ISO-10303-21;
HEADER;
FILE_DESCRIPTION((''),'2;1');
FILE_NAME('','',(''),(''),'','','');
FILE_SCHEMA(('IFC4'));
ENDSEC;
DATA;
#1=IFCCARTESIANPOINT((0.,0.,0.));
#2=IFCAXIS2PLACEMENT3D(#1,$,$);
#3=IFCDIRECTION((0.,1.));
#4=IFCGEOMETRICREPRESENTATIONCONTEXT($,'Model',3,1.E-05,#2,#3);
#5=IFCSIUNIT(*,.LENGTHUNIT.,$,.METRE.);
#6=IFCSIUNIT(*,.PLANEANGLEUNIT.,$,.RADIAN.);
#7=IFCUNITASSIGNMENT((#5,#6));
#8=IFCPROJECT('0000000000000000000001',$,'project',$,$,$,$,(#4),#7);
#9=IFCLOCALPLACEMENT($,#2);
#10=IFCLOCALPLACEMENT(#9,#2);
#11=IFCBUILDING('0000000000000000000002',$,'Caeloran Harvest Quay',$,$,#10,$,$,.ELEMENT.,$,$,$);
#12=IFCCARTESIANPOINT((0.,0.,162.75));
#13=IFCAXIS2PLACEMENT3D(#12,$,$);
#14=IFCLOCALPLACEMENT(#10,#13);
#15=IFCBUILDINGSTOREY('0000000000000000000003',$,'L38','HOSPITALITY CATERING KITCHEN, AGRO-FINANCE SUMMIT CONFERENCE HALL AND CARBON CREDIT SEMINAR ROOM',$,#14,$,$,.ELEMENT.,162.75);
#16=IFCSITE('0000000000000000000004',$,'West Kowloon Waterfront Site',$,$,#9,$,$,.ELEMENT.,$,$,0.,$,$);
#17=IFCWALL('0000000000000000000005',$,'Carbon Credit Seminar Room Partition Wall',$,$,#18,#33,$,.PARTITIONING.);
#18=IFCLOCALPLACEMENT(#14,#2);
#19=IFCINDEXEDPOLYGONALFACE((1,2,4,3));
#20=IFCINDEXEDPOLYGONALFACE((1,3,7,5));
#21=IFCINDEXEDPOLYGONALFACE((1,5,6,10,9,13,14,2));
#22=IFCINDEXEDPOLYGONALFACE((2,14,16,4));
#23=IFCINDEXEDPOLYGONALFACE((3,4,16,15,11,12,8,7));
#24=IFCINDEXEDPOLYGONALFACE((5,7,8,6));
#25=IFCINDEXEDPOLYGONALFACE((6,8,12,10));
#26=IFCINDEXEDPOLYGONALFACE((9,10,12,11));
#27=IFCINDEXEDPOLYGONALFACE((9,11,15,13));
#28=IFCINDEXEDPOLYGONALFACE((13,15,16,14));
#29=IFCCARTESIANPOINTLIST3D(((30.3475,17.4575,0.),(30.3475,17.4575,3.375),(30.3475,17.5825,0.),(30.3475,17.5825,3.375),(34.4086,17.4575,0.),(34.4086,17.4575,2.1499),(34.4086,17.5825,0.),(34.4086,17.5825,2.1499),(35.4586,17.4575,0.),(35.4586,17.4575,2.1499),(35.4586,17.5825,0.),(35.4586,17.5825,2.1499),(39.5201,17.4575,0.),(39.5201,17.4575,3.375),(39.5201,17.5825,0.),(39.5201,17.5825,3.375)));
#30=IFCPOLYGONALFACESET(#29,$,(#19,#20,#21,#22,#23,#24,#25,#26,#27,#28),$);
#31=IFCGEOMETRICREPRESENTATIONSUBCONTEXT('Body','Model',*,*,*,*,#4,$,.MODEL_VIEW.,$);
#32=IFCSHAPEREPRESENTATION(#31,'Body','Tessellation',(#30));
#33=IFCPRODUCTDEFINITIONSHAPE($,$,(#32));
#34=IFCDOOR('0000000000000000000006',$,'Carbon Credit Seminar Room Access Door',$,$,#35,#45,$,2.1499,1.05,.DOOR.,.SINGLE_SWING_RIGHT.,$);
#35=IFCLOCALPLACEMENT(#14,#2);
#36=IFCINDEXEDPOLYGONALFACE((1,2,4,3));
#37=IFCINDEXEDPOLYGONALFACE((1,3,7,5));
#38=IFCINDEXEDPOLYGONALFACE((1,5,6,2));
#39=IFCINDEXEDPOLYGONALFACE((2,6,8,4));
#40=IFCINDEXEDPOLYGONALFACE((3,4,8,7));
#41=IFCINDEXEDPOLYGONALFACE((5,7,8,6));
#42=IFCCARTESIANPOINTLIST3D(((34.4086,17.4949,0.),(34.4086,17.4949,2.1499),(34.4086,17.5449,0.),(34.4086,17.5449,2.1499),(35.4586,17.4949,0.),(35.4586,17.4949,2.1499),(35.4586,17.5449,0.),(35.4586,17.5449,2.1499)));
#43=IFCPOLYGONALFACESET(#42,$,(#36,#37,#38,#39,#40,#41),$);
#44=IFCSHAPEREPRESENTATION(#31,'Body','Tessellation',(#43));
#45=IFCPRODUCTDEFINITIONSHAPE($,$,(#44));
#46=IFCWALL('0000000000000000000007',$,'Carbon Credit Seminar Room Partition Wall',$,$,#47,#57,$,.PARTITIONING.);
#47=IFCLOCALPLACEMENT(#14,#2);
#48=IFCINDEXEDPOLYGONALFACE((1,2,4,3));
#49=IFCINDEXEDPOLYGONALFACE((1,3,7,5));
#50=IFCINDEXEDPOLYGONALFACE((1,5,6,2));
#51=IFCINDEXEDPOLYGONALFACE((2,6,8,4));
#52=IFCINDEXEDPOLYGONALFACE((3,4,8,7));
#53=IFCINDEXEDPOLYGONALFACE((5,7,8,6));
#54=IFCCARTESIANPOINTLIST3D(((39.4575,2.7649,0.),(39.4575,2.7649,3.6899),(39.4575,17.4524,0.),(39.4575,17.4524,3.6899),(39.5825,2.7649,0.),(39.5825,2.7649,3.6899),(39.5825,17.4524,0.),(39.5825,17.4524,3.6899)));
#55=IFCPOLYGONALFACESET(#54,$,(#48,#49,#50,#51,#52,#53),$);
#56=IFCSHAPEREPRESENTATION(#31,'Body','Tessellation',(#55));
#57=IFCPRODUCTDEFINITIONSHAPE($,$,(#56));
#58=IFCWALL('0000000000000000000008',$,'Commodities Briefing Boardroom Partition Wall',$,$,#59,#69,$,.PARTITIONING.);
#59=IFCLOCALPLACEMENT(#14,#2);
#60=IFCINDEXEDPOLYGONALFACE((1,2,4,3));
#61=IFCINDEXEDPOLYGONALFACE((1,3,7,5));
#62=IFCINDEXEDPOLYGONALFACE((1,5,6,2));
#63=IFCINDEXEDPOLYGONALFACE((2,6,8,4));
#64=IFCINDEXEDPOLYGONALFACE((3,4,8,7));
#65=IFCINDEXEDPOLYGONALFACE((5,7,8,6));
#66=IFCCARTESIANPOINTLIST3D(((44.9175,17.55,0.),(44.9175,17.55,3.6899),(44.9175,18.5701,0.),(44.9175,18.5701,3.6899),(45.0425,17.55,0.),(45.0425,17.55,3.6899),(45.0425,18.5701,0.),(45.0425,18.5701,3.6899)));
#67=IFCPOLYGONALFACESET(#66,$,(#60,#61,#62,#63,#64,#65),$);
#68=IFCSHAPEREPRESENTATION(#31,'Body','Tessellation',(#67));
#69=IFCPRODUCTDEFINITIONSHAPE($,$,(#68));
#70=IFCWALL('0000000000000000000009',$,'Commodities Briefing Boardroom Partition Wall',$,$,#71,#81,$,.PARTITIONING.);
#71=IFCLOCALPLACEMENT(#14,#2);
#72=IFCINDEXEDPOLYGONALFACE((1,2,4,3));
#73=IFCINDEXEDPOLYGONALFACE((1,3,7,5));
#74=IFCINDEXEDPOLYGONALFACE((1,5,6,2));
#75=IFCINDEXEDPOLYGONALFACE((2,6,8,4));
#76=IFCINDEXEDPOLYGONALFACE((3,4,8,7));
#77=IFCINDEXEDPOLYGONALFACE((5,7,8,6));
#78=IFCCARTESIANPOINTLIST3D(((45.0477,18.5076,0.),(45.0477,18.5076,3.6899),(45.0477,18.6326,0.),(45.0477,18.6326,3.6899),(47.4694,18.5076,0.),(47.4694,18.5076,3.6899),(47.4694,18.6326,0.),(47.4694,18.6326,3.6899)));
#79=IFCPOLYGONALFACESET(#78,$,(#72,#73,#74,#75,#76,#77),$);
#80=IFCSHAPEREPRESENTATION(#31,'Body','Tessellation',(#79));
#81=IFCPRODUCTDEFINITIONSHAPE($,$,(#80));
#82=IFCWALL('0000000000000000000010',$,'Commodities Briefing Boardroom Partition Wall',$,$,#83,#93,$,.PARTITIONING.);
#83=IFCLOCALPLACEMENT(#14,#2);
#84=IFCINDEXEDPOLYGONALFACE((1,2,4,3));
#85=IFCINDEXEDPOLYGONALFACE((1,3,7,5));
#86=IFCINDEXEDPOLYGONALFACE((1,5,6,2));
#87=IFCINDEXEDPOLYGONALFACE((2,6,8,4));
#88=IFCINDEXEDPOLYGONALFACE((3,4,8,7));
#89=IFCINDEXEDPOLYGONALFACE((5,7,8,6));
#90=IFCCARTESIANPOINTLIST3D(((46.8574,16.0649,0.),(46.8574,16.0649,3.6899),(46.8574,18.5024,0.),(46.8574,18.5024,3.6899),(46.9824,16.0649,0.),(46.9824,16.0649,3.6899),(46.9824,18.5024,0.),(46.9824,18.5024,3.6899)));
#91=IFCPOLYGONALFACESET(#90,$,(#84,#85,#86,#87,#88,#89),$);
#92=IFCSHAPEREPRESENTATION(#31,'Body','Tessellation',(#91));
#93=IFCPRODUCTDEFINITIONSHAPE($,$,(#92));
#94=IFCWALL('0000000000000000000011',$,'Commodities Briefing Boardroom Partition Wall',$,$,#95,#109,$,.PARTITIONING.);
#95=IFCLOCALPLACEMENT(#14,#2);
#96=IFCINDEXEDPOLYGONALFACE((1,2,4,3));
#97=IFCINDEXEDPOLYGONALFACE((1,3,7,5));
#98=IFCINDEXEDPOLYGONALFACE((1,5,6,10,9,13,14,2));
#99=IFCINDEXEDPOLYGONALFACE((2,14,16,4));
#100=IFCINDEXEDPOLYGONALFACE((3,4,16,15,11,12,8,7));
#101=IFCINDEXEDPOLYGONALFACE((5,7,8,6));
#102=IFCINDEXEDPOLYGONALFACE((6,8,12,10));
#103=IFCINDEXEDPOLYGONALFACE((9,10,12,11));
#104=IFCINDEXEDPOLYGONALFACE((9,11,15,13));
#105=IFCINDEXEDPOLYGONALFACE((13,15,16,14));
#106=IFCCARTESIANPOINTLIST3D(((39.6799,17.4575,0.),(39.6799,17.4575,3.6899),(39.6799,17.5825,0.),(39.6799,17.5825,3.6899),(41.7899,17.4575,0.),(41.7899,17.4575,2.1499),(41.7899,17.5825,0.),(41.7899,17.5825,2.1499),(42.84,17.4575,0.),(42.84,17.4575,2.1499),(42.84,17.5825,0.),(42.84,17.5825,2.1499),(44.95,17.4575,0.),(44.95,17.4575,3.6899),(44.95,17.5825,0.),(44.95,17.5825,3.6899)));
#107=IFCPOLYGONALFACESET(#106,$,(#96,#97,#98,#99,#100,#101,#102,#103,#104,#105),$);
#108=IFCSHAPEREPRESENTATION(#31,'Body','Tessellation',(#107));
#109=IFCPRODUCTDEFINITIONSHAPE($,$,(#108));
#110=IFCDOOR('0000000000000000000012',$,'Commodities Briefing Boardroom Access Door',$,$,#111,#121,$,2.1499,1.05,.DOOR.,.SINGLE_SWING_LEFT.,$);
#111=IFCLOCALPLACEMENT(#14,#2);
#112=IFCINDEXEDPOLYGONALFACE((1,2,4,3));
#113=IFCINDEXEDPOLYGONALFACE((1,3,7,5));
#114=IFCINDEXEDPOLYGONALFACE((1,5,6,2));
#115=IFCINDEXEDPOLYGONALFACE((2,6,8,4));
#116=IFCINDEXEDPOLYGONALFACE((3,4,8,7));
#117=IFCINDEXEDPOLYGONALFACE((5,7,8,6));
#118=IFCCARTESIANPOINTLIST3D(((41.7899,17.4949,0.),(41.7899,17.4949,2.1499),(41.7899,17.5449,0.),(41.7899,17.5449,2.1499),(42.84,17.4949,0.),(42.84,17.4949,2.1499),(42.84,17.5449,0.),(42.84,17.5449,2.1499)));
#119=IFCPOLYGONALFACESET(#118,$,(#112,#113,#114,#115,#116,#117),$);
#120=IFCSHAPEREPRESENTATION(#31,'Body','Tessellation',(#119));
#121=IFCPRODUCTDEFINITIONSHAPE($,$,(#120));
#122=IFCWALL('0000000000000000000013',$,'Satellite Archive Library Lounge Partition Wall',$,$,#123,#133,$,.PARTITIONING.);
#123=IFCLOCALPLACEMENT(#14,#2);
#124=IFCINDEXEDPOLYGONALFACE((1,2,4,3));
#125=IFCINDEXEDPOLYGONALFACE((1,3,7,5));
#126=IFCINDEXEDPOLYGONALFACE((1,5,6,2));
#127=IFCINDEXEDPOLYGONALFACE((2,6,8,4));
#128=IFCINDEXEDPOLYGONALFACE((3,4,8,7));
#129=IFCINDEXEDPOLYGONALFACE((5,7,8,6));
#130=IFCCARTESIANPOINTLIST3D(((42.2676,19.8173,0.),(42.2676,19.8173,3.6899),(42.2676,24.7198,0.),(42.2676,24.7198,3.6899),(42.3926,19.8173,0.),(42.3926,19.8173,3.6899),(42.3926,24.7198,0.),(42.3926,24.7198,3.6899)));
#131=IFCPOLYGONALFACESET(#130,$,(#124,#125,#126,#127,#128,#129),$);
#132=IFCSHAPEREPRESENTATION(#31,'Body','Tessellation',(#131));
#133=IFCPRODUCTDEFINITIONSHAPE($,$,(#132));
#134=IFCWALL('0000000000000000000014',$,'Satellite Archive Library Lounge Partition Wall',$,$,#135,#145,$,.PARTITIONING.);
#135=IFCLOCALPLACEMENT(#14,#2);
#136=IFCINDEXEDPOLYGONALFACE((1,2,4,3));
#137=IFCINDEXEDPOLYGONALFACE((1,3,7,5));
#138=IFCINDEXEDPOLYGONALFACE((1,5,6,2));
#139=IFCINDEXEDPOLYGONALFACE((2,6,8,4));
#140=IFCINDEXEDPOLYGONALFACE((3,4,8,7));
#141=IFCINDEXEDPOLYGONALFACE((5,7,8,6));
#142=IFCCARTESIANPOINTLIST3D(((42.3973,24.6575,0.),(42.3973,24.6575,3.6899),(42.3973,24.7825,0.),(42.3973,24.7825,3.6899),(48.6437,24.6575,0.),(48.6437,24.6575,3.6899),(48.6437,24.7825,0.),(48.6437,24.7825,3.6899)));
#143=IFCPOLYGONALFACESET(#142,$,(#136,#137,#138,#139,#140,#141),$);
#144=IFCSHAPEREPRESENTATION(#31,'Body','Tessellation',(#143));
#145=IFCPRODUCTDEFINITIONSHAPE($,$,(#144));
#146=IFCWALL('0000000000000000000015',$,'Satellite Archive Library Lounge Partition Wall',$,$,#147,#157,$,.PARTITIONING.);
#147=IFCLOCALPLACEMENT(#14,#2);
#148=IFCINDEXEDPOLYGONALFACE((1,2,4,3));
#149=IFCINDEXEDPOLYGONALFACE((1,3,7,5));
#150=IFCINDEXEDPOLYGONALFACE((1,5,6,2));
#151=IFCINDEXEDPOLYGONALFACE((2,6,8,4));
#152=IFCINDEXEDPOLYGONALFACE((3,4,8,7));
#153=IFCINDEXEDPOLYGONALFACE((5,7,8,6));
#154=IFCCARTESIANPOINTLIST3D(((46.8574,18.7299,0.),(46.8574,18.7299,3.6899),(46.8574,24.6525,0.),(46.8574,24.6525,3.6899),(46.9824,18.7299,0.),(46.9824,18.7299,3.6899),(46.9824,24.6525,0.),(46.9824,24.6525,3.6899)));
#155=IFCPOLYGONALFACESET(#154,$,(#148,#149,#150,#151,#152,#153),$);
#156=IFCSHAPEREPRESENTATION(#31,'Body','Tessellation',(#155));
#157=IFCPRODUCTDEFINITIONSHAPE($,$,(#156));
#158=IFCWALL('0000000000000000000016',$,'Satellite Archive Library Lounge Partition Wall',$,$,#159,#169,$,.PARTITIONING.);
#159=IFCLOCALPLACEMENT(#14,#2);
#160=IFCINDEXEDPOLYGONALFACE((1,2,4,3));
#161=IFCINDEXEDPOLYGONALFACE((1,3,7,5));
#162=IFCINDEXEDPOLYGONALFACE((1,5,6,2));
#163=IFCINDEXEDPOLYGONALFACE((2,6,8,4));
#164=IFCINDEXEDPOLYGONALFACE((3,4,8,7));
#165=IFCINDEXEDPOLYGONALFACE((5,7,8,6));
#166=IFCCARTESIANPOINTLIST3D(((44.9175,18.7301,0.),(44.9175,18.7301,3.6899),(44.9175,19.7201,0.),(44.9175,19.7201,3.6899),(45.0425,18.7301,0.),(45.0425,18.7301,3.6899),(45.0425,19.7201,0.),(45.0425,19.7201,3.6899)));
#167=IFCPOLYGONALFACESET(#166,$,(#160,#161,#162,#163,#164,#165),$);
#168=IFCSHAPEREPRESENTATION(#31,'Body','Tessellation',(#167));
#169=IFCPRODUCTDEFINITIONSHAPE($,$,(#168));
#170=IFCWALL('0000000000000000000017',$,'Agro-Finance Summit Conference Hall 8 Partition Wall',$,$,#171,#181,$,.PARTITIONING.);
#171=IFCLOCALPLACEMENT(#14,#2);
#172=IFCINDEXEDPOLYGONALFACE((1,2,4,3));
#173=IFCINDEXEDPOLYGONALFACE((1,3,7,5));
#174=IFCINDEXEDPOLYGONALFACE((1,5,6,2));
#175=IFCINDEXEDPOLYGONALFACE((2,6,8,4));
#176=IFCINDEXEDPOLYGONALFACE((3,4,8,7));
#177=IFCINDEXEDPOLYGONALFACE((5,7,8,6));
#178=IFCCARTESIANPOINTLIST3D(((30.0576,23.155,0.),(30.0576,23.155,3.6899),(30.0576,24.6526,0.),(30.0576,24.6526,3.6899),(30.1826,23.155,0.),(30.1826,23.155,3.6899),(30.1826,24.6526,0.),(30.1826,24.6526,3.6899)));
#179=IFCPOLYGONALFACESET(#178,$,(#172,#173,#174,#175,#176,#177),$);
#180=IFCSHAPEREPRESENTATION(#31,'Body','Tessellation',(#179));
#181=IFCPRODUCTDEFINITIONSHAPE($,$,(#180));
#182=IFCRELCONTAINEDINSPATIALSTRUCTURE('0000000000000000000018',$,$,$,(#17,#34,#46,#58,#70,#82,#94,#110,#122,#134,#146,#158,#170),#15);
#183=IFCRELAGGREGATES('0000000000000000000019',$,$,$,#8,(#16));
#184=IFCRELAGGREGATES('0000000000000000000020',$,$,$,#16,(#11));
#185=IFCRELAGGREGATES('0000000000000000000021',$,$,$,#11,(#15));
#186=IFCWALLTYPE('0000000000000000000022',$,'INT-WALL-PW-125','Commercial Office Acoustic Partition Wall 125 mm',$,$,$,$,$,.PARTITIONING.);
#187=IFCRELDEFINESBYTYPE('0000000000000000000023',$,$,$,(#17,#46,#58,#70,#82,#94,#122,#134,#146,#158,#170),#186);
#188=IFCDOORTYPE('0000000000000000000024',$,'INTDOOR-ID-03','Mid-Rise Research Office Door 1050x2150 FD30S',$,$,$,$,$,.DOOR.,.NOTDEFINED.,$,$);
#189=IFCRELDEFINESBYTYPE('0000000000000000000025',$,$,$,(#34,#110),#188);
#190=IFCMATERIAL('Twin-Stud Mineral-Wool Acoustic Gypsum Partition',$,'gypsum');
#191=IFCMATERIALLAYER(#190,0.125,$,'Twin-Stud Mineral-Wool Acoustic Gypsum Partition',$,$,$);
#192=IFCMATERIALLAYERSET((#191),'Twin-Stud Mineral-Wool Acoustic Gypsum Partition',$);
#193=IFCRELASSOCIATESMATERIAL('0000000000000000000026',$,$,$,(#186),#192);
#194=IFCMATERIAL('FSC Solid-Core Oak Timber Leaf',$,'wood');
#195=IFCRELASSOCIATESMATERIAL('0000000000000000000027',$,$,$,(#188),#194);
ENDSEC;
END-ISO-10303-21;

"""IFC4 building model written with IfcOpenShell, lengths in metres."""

from ifc_helpers import new_model, si_unit, direction, frame, frame_2d, origin, place, context, subcontext, project, spatial, rectangle, extrude, material, layer, layer_set, type_object, element, fill, save


model = new_model("IFC4")

# Units and contexts
model_context = context("Model", 3, precision=1e-05, world=origin(), true_north=direction((0.0, 1.0)))
body_context = subcontext(model_context, "Body", "Model", "MODEL_VIEW")
ifc_project = project(units=[si_unit("LENGTHUNIT", "METRE"), si_unit("PLANEANGLEUNIT", "RADIAN")], contexts=[model_context])

# Site, building, storey
site_placement = place(None, origin())
site = spatial("IfcSite", under=ifc_project, at=site_placement, Name="West Kowloon Waterfront Site", CompositionType="ELEMENT", RefElevation=0.0)
building_placement = place(site_placement, origin())
building = spatial("IfcBuilding", under=site, at=building_placement, Name="Caeloran Harvest Quay", CompositionType="ELEMENT")
storey_placement = place(building_placement, frame((0.0, 0.0, 162.75)))
storey = spatial("IfcBuildingStorey", under=building, at=storey_placement, Name="L38", Description="HOSPITALITY CATERING KITCHEN, AGRO-FINANCE SUMMIT CONFERENCE HALL AND CARBON CREDIT SEMINAR ROOM", CompositionType="ELEMENT", Elevation=162.75)

# Wall, opening, door
ifc_material_1 = material(Name="Twin-Stud Mineral-Wool Acoustic Gypsum Partition", Category="gypsum")
ifc_layer_1 = layer(ifc_material_1, 0.125, Name="Twin-Stud Mineral-Wool Acoustic Gypsum Partition")
ifc_layer_set_1 = layer_set([ifc_layer_1], Name="Twin-Stud Mineral-Wool Acoustic Gypsum Partition")
wall_type_1 = type_object("IfcWallType", Name="INT-WALL-PW-125", Description="Commercial Office Acoustic Partition Wall 125 mm", PredefinedType="PARTITIONING", material=ifc_layer_set_1)
wall_1_placement = place(storey_placement, frame((30.3474, 17.52, 0.0), z_axis=(0.0, 0.0, 1.0), x_axis=(1.0, 0.0, 0.0)))
wall_1 = element("IfcWall", 1, at=wall_1_placement, inside=storey, type_object=wall_type_1, Name="Carbon Credit Seminar Room Partition Wall", PredefinedType="PARTITIONING", context=body_context, shape_type="SweptSolid", body=[
    extrude(rectangle(XDim=9.1726, YDim=0.125, at=frame_2d((4.5864, 0.0))), origin(), (0.0, 0.0, 1.0), 3.375),
])
opening_1_placement = place(wall_1_placement, frame((4.0613, 0.0, 0.0)))
opening_1 = element("IfcOpeningElement", 2, at=opening_1_placement, cuts=wall_1, PredefinedType="OPENING", context=body_context, shape_type="SweptSolid", body=[
    extrude(rectangle(XDim=1.05, YDim=2.1499, at=frame_2d((0.5249, 1.075))), frame((0.0, 0.0725, 0.0), z_axis=(0.0, -1.0, 0.0), x_axis=(1.0, 0.0, 0.0)), (0.0, 0.0, 1.0), 0.145),
])
ifc_material_2 = material(Name="FSC Solid-Core Oak Timber Leaf", Category="wood")
door_type = type_object("IfcDoorType", Name="INTDOOR-ID-03", Description="Mid-Rise Research Office Door 1050x2150 FD30S", OperationType="NOTDEFINED", PredefinedType="DOOR", material=ifc_material_2)
door_1_placement = place(opening_1_placement, origin())
door_1 = element("IfcDoor", 3, at=door_1_placement, inside=storey, type_object=door_type, Name="Carbon Credit Seminar Room Access Door", OperationType="SINGLE_SWING_RIGHT", OverallHeight=2.1499, OverallWidth=1.05, PredefinedType="DOOR", context=body_context, shape_type="SweptSolid", body=[
    extrude(rectangle(XDim=1.05, YDim=2.1499, at=frame_2d((0.5249, 1.075))), frame((0.0, 0.0249, 0.0), z_axis=(0.0, -1.0, 0.0), x_axis=(1.0, 0.0, 0.0)), (0.0, 0.0, 1.0), 0.05),
])
fill(opening_1, door_1)

# Walls
wall_2_placement = place(storey_placement, frame((39.52, 17.4524, 0.0), z_axis=(0.0, 0.0, 1.0), x_axis=(0.0, -1.0, 0.0)))
element("IfcWall", 4, at=wall_2_placement, inside=storey, type_object=wall_type_1, Name="Carbon Credit Seminar Room Partition Wall", PredefinedType="PARTITIONING", context=body_context, shape_type="SweptSolid", body=[
    extrude(rectangle(XDim=14.6875, YDim=0.125, at=frame_2d((7.3438, 0.0))), origin(), (0.0, 0.0, 1.0), 3.6899),
])
wall_3_placement = place(storey_placement, frame((44.98, 17.55, 0.0), z_axis=(0.0, 0.0, 1.0), x_axis=(0.0, 1.0, 0.0)))
element("IfcWall", 5, at=wall_3_placement, inside=storey, type_object=wall_type_1, Name="Commodities Briefing Boardroom Partition Wall", PredefinedType="PARTITIONING", context=body_context, shape_type="SweptSolid", body=[
    extrude(rectangle(XDim=1.02, YDim=0.125, at=frame_2d((0.51, 0.0))), origin(), (0.0, 0.0, 1.0), 3.6899),
])
wall_4_placement = place(storey_placement, frame((45.0476, 18.5701, 0.0), z_axis=(0.0, 0.0, 1.0), x_axis=(1.0, 0.0, 0.0)))
element("IfcWall", 6, at=wall_4_placement, inside=storey, type_object=wall_type_1, Name="Commodities Briefing Boardroom Partition Wall", PredefinedType="PARTITIONING", context=body_context, shape_type="SweptSolid", body=[
    extrude(rectangle(XDim=2.4216, YDim=0.125, at=frame_2d((1.2109, 0.0))), origin(), (0.0, 0.0, 1.0), 3.6899),
])
wall_5_placement = place(storey_placement, frame((46.9199, 18.5024, 0.0), z_axis=(0.0, 0.0, 1.0), x_axis=(0.0, -1.0, 0.0)))
element("IfcWall", 7, at=wall_5_placement, inside=storey, type_object=wall_type_1, Name="Commodities Briefing Boardroom Partition Wall", PredefinedType="PARTITIONING", context=body_context, shape_type="SweptSolid", body=[
    extrude(rectangle(XDim=2.4375, YDim=0.125, at=frame_2d((1.2188, 0.0))), origin(), (0.0, 0.0, 1.0), 3.6899),
])

# Wall, opening, door
wall_6_placement = place(storey_placement, frame((39.6799, 17.52, 0.0), z_axis=(0.0, 0.0, 1.0), x_axis=(1.0, 0.0, 0.0)))
wall_6 = element("IfcWall", 8, at=wall_6_placement, inside=storey, type_object=wall_type_1, Name="Commodities Briefing Boardroom Partition Wall", PredefinedType="PARTITIONING", context=body_context, shape_type="SweptSolid", body=[
    extrude(rectangle(XDim=5.27, YDim=0.125, at=frame_2d((2.635, 0.0))), origin(), (0.0, 0.0, 1.0), 3.6899),
])
opening_2_placement = place(wall_6_placement, frame((2.1101, 0.0, 0.0)))
opening_2 = element("IfcOpeningElement", 9, at=opening_2_placement, cuts=wall_6, PredefinedType="OPENING", context=body_context, shape_type="SweptSolid", body=[
    extrude(rectangle(XDim=1.05, YDim=2.1499, at=frame_2d((0.5249, 1.075))), frame((0.0, 0.0725, 0.0), z_axis=(0.0, -1.0, 0.0), x_axis=(1.0, 0.0, 0.0)), (0.0, 0.0, 1.0), 0.145),
])
door_2_placement = place(opening_2_placement, origin())
door_2 = element("IfcDoor", 10, at=door_2_placement, inside=storey, type_object=door_type, Name="Commodities Briefing Boardroom Access Door", OperationType="SINGLE_SWING_LEFT", OverallHeight=2.1499, OverallWidth=1.05, PredefinedType="DOOR", context=body_context, shape_type="SweptSolid", body=[
    extrude(rectangle(XDim=1.05, YDim=2.1499, at=frame_2d((0.5249, 1.075))), frame((0.0, 0.0249, 0.0), z_axis=(0.0, -1.0, 0.0), x_axis=(1.0, 0.0, 0.0)), (0.0, 0.0, 1.0), 0.05),
])
fill(opening_2, door_2)

# Walls
wall_7_placement = place(storey_placement, frame((42.3301, 19.8174, 0.0), z_axis=(0.0, 0.0, 1.0), x_axis=(0.0, 1.0, 0.0)))
element("IfcWall", 11, at=wall_7_placement, inside=storey, type_object=wall_type_1, Name="Satellite Archive Library Lounge Partition Wall", PredefinedType="PARTITIONING", context=body_context, shape_type="SweptSolid", body=[
    extrude(rectangle(XDim=4.9026, YDim=0.125, at=frame_2d((2.4512, 0.0))), origin(), (0.0, 0.0, 1.0), 3.6899),
])
wall_8_placement = place(storey_placement, frame((42.3975, 24.72, 0.0), z_axis=(0.0, 0.0, 1.0), x_axis=(1.0, 0.0, 0.0)))
element("IfcWall", 12, at=wall_8_placement, inside=storey, type_object=wall_type_1, Name="Satellite Archive Library Lounge Partition Wall", PredefinedType="PARTITIONING", context=body_context, shape_type="SweptSolid", body=[
    extrude(rectangle(XDim=6.2463, YDim=0.125, at=frame_2d((3.123, 0.0))), origin(), (0.0, 0.0, 1.0), 3.6899),
])
wall_9_placement = place(storey_placement, frame((46.9199, 24.6526, 0.0), z_axis=(0.0, 0.0, 1.0), x_axis=(0.0, -1.0, 0.0)))
element("IfcWall", 13, at=wall_9_placement, inside=storey, type_object=wall_type_1, Name="Satellite Archive Library Lounge Partition Wall", PredefinedType="PARTITIONING", context=body_context, shape_type="SweptSolid", body=[
    extrude(rectangle(XDim=5.9226, YDim=0.125, at=frame_2d((2.9614, 0.0))), origin(), (0.0, 0.0, 1.0), 3.6899),
])
wall_10_placement = place(storey_placement, frame((44.98, 18.73, 0.0), z_axis=(0.0, 0.0, 1.0), x_axis=(0.0, 1.0, 0.0)))
element("IfcWall", 14, at=wall_10_placement, inside=storey, type_object=wall_type_1, Name="Satellite Archive Library Lounge Partition Wall", PredefinedType="PARTITIONING", context=body_context, shape_type="SweptSolid", body=[
    extrude(rectangle(XDim=0.99, YDim=0.125, at=frame_2d((0.4951, 0.0))), origin(), (0.0, 0.0, 1.0), 3.6899),
])
wall_11_placement = place(storey_placement, frame((30.1201, 24.6526, 0.0), z_axis=(0.0, 0.0, 1.0), x_axis=(0.0, -1.0, 0.0)))
element("IfcWall", 15, at=wall_11_placement, inside=storey, type_object=wall_type_1, Name="Agro-Finance Summit Conference Hall 8 Partition Wall", PredefinedType="PARTITIONING", context=body_context, shape_type="SweptSolid", body=[
    extrude(rectangle(XDim=1.4976, YDim=0.125, at=frame_2d((0.7488, 0.0))), origin(), (0.0, 0.0, 1.0), 3.6899),
])

save(model, "model.ifc")
